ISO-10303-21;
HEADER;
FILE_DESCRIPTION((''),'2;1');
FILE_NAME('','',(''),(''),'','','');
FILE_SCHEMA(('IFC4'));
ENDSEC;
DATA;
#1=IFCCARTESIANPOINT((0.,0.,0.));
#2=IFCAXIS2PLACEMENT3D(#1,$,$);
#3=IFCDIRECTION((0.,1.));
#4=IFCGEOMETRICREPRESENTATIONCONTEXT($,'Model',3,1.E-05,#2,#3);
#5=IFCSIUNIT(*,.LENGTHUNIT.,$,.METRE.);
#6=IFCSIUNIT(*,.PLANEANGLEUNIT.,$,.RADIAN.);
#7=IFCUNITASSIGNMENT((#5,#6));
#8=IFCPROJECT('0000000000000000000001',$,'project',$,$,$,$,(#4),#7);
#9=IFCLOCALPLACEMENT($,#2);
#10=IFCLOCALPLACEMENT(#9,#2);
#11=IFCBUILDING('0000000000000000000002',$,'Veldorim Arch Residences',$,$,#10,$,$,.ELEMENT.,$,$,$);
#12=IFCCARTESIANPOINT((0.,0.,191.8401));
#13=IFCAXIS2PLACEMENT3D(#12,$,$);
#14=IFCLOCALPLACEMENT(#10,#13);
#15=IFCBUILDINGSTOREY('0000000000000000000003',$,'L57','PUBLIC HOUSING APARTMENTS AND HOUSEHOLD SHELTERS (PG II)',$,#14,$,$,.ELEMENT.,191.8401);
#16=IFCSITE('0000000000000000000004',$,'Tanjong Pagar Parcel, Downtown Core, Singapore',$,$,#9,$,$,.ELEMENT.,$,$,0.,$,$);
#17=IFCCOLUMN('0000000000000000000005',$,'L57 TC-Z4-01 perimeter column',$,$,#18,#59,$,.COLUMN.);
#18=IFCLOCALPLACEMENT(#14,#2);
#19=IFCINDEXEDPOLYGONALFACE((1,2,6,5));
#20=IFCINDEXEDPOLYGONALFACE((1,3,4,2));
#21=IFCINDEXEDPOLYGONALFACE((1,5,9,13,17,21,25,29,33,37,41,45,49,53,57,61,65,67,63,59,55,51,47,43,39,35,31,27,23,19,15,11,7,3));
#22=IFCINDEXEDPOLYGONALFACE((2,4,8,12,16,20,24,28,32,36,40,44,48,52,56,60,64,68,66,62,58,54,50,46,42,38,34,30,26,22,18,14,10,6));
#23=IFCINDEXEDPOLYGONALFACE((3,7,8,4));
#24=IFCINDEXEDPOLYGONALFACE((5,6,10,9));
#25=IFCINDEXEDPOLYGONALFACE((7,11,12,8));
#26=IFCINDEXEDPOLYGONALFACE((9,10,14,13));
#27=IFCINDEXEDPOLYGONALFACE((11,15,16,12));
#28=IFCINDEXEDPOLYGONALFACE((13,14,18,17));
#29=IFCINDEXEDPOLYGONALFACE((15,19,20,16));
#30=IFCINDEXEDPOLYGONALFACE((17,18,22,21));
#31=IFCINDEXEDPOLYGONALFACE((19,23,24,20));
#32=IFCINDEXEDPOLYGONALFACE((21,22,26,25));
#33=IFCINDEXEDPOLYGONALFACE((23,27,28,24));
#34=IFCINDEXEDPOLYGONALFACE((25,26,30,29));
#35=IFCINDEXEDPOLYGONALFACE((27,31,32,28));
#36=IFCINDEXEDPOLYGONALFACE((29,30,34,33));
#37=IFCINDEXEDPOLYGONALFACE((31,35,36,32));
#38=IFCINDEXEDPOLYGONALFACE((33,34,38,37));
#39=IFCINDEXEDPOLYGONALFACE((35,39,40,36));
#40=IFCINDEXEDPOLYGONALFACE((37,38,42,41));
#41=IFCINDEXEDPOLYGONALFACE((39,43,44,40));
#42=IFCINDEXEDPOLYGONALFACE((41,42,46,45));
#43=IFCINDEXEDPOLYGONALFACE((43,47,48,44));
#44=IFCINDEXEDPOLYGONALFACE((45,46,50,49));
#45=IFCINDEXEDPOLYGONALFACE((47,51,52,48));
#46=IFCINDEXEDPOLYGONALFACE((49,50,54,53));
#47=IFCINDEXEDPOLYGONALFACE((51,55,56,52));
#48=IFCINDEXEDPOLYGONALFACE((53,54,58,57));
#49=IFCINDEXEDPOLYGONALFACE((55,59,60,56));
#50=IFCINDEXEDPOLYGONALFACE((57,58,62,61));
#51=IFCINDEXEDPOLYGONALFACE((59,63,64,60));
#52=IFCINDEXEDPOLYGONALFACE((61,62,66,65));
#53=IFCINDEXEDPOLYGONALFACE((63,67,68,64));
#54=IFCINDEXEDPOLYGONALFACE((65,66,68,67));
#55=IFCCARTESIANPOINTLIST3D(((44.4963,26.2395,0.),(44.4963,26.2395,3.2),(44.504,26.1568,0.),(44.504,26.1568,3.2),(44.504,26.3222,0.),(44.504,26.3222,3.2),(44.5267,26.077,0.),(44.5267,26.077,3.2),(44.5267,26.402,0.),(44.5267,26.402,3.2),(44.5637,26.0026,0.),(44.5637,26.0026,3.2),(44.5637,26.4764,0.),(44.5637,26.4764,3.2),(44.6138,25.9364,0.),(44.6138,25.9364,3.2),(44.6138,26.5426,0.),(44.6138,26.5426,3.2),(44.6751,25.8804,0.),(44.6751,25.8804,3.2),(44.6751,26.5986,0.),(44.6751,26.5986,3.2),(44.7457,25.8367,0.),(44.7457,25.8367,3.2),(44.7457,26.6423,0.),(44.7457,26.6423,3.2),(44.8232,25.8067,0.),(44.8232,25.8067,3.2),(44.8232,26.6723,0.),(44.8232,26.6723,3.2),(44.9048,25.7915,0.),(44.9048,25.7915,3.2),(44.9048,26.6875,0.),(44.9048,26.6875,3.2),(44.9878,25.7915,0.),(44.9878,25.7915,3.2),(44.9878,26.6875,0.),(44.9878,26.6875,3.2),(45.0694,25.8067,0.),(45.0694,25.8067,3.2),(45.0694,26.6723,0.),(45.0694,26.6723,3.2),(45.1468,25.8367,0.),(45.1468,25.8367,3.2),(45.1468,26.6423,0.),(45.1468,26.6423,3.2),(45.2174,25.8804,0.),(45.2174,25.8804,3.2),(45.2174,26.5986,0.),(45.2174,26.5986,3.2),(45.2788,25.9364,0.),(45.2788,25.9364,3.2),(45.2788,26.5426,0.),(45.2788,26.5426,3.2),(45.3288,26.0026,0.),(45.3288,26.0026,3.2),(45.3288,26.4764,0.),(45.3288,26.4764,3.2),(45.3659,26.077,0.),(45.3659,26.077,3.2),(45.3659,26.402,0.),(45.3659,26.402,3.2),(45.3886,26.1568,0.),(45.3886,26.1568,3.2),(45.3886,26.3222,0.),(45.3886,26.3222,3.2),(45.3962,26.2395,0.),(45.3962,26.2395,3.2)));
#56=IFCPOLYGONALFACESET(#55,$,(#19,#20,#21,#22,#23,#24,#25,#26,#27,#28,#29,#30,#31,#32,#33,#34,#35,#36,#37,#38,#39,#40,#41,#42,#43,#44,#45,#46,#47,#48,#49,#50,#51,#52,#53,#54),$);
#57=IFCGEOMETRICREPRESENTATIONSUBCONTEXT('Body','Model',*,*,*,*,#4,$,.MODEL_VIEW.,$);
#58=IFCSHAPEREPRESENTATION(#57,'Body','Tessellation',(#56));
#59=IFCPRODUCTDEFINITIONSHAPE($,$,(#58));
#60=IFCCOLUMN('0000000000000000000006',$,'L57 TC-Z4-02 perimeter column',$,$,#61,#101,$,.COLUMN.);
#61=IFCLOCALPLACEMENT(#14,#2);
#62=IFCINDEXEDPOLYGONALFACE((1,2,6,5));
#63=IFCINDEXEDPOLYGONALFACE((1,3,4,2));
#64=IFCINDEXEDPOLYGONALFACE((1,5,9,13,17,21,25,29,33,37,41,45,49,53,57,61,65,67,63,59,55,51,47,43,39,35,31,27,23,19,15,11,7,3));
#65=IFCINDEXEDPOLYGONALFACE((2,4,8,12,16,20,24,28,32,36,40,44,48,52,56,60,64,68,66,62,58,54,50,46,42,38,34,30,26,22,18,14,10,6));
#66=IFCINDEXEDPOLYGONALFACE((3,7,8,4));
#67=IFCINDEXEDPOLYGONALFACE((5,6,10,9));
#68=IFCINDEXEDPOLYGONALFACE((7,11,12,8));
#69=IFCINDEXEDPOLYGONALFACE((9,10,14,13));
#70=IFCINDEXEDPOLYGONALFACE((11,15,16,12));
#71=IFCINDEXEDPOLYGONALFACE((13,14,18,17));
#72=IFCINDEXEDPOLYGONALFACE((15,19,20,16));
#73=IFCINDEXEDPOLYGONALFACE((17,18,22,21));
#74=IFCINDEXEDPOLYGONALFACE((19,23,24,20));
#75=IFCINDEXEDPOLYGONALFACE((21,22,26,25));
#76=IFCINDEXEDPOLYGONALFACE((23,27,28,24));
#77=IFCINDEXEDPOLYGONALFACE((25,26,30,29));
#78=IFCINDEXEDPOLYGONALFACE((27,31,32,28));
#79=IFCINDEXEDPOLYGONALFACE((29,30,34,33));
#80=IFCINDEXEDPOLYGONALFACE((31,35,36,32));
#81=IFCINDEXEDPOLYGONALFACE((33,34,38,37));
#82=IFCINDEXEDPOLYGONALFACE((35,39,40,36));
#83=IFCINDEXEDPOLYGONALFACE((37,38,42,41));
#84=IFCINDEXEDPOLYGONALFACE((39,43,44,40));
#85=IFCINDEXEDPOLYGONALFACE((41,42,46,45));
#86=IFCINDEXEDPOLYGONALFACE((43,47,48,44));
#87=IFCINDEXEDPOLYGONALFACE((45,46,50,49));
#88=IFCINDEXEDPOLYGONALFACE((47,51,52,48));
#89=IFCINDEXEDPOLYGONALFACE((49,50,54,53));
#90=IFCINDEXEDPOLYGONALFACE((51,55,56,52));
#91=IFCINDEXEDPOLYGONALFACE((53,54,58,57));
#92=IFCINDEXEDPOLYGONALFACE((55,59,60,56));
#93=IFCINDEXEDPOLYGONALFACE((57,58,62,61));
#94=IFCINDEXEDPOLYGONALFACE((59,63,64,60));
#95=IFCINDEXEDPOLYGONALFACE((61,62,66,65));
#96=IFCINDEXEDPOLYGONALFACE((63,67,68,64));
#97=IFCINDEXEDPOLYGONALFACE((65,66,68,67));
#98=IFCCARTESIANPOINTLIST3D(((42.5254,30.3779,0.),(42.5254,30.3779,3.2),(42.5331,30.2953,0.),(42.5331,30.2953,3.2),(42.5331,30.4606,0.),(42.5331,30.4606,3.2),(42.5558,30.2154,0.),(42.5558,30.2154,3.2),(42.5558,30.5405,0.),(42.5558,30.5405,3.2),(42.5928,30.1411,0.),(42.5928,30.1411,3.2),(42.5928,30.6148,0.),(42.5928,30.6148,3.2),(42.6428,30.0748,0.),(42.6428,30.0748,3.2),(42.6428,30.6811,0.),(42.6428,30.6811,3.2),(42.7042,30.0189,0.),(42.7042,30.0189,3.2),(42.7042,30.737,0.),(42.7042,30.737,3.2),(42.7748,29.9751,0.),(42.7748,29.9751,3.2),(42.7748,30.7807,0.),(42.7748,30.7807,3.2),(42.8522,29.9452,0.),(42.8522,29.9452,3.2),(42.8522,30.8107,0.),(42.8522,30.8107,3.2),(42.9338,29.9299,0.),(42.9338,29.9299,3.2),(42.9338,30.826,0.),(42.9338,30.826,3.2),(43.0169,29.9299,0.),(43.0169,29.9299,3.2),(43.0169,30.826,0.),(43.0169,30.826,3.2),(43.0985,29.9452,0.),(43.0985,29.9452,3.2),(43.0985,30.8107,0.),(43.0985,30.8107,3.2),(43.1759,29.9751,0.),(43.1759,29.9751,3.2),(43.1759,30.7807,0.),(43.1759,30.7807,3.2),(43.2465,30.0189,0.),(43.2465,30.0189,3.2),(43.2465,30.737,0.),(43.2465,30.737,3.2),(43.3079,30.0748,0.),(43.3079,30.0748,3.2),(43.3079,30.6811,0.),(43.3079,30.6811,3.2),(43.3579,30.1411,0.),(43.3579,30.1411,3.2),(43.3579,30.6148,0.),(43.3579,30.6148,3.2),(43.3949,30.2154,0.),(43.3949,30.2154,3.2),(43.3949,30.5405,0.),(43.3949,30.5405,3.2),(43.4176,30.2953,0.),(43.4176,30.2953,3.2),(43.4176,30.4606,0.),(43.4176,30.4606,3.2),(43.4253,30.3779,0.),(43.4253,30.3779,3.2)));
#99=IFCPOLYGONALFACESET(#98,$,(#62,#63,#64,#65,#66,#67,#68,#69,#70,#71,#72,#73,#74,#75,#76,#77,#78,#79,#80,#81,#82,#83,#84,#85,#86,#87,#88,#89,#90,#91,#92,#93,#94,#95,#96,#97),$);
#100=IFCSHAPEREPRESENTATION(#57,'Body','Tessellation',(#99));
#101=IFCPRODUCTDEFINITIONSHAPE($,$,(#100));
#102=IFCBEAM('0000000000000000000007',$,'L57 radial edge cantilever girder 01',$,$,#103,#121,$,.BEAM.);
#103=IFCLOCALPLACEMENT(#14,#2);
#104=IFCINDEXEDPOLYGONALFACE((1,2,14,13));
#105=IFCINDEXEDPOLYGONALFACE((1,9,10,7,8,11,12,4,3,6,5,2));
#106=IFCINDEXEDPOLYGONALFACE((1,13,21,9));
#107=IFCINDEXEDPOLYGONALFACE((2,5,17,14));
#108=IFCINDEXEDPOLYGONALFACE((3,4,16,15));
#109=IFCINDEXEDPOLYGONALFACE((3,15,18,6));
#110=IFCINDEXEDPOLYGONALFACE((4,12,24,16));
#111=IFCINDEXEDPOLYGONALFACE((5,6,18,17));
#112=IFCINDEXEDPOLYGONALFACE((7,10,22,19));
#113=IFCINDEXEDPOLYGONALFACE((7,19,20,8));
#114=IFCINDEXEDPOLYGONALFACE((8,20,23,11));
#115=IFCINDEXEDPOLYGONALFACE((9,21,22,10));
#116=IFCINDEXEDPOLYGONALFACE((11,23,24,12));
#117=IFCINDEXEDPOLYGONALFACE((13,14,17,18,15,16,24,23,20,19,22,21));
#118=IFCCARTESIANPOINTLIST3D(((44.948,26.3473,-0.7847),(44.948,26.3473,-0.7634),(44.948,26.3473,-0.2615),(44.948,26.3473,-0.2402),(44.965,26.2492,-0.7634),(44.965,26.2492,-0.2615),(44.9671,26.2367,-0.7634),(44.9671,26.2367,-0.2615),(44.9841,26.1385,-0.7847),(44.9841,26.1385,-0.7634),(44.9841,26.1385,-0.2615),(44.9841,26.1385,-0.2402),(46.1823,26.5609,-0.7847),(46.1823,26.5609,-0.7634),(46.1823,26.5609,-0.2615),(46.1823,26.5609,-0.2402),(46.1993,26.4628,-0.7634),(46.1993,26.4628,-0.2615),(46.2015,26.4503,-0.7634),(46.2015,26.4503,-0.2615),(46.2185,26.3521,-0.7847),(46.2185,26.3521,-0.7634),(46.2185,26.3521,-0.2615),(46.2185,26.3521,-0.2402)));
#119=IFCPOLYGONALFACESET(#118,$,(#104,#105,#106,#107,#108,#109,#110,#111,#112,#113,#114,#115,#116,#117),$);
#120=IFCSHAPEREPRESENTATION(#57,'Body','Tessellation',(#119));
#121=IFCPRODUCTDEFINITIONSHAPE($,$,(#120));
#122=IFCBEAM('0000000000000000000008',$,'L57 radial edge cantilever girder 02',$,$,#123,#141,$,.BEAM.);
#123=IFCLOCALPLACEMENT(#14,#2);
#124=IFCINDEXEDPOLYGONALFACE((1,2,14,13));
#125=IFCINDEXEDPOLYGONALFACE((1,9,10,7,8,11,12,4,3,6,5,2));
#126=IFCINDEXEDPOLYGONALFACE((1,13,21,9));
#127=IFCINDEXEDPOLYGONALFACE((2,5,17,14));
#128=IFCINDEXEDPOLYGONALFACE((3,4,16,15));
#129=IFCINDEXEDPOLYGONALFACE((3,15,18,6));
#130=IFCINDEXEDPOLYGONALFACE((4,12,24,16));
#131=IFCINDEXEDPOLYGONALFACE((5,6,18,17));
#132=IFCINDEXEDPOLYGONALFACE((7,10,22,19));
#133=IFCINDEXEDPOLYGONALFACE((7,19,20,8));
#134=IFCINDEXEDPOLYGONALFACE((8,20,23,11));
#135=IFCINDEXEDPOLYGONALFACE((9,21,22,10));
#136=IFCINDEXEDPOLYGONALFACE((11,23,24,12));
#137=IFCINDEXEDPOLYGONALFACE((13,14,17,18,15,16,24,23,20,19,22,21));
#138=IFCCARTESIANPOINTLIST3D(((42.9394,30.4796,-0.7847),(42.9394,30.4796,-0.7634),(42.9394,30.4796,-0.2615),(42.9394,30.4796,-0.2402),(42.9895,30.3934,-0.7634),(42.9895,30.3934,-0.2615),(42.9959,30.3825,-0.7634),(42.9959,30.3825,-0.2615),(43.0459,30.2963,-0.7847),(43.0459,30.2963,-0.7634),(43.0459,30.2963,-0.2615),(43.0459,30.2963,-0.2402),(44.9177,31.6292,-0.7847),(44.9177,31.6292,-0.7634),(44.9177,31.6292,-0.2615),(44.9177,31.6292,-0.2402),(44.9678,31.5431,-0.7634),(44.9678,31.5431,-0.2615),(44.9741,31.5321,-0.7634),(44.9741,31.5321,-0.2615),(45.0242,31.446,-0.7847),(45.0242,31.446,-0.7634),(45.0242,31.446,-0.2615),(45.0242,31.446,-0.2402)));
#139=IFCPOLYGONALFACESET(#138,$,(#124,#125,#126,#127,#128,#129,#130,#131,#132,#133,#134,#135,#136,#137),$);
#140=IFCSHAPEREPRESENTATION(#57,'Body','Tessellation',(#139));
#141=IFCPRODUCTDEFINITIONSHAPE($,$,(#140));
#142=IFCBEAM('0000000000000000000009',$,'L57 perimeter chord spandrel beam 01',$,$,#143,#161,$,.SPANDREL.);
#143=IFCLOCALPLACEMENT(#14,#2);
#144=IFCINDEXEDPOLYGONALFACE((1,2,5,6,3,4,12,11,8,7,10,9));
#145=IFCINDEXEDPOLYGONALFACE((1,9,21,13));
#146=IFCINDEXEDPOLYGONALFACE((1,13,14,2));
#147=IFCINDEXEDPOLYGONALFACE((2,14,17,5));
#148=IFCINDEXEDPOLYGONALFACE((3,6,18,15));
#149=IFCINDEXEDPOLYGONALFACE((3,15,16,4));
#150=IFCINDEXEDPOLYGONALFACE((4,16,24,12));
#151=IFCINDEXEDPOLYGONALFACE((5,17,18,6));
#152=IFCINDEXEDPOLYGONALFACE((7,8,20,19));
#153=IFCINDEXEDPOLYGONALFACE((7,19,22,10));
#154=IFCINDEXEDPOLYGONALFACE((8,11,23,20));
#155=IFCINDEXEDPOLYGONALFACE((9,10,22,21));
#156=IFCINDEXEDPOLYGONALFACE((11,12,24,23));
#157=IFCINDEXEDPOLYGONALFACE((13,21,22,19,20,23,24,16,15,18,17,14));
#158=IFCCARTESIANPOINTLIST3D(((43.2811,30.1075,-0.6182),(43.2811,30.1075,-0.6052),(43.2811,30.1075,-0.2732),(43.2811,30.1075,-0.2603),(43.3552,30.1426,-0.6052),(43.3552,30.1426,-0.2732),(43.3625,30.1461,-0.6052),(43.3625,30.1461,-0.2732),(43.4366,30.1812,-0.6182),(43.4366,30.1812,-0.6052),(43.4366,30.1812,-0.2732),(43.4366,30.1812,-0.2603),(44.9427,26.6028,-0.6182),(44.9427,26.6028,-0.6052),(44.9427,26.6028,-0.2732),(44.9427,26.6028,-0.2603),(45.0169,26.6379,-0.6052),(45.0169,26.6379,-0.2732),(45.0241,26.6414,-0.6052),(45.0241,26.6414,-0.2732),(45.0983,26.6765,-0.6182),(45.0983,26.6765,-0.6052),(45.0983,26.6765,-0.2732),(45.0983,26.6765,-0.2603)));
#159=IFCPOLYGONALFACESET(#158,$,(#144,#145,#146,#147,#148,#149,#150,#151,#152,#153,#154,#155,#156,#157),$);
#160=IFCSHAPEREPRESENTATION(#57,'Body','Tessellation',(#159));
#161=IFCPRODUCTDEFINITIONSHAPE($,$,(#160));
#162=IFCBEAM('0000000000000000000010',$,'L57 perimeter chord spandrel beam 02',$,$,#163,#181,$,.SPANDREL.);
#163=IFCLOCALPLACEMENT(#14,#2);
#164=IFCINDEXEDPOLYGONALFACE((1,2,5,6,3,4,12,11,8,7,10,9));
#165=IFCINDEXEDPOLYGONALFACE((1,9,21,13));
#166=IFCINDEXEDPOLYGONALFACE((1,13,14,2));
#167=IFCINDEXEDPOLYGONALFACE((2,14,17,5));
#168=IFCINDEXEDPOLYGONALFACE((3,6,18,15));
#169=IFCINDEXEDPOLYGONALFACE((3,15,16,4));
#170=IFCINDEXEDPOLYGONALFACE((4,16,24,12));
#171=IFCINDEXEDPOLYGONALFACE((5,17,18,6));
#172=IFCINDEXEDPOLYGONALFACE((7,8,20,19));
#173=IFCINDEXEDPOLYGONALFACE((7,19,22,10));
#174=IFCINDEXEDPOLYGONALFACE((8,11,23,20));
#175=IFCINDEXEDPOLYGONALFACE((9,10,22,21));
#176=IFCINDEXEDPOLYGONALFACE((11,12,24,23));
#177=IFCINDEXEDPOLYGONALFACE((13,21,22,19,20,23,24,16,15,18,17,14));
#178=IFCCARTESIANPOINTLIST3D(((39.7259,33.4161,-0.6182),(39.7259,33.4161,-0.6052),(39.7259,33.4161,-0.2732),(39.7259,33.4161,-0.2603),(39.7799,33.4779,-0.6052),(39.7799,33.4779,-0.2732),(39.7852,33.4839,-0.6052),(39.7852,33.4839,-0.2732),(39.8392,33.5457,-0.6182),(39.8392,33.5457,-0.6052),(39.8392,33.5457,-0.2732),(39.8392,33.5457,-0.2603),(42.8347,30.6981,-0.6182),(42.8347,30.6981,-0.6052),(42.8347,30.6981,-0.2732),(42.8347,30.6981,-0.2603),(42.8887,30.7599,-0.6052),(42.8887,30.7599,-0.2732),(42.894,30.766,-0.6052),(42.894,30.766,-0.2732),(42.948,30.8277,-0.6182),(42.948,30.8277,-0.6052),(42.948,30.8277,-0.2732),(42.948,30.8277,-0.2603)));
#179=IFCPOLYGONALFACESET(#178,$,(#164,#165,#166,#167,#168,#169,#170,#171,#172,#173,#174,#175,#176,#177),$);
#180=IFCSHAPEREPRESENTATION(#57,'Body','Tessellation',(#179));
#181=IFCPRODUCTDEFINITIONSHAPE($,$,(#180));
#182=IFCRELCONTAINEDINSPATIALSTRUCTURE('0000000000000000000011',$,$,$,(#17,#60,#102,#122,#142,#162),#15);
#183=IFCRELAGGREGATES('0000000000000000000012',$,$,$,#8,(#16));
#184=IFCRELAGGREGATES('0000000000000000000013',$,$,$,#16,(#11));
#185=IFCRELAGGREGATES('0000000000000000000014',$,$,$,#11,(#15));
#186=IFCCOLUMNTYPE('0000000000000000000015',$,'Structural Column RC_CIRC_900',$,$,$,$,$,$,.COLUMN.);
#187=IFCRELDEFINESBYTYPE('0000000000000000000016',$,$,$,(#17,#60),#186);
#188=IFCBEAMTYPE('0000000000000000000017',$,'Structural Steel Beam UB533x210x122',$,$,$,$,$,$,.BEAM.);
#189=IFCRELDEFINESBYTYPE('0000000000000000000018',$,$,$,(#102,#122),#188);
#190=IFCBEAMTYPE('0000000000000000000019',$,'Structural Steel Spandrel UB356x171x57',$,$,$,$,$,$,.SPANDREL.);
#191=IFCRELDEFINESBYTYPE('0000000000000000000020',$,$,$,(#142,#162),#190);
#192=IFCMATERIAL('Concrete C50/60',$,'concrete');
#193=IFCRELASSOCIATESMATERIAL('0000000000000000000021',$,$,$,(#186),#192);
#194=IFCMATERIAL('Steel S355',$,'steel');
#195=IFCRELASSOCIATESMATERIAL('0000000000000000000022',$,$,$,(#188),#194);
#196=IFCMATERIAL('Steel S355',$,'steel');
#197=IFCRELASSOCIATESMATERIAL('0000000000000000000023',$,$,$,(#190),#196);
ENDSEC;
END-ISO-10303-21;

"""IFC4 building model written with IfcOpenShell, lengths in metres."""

from ifc_helpers import new_model, si_unit, direction, frame, origin, origin_2d, place, context, subcontext, project, spatial, circle, i_section, extrude, material, material_profile, profile_set, type_object, element, save


model = new_model("IFC4")

# Units and contexts
model_context = context("Model", 3, precision=1e-05, world=origin(), true_north=direction((0.0, 1.0)))
body_context = subcontext(model_context, "Body", "Model", "MODEL_VIEW")
ifc_project = project(units=[si_unit("LENGTHUNIT", "METRE"), si_unit("PLANEANGLEUNIT", "RADIAN")], contexts=[model_context])

# Site, building, storey
site_placement = place(None, origin())
site = spatial("IfcSite", under=ifc_project, at=site_placement, Name="Tanjong Pagar Parcel, Downtown Core, Singapore", CompositionType="ELEMENT", RefElevation=0.0)
building_placement = place(site_placement, origin())
building = spatial("IfcBuilding", under=site, at=building_placement, Name="Veldorim Arch Residences", CompositionType="ELEMENT")
storey_placement = place(building_placement, frame((0.0, 0.0, 191.8401)))
storey = spatial("IfcBuildingStorey", under=building, at=storey_placement, Name="L57", Description="PUBLIC HOUSING APARTMENTS AND HOUSEHOLD SHELTERS (PG II)", CompositionType="ELEMENT", Elevation=191.8401)

# Columns
ifc_material_1 = material(Name="Concrete C50/60", Category="concrete")
ifc_material_profile_1 = material_profile(ifc_material_1, circle(Radius=0.45, at=origin_2d()), Name="RC_CIRC_900")
ifc_profile_set_1 = profile_set([ifc_material_profile_1], Name="Concrete C50/60")
column_type = type_object("IfcColumnType", Name="Structural Column RC_CIRC_900", PredefinedType="COLUMN", material=ifc_profile_set_1)
for number, where, z_axis, x_axis, name in (
    (1, (44.9463, 26.2395, 0.0), (0.0, 0.0, 1.0), (1.0, 0.0, 0.0), "L57 TC-Z4-01 perimeter column"),
    (2, (42.9753, 30.3779, 0.0), (0.0, 0.0, 1.0), (1.0, 0.0, 0.0), "L57 TC-Z4-02 perimeter column"),
):
    element("IfcColumn", number, at=place(storey_placement, frame(where, z_axis=z_axis, x_axis=x_axis)), inside=storey, type_object=column_type, Name=name, PredefinedType="COLUMN", context=body_context, shape_type="SweptSolid", body=[
        extrude(circle(Radius=0.45, at=origin_2d()), origin(), (0.0, 0.0, 1.0), 3.2),
    ])

# Beams
ifc_material_2 = material(Name="Steel S355", Category="steel")
ifc_material_profile_2 = material_profile(ifc_material_2, i_section(OverallWidth=0.2119, OverallDepth=0.5444, WebThickness=0.0127, FlangeThickness=0.0212, at=origin_2d()), Name="UB533x210x122")
ifc_profile_set_2 = profile_set([ifc_material_profile_2], Name="Steel S355")
beam_type_1 = type_object("IfcBeamType", Name="Structural Steel Beam UB533x210x122", PredefinedType="BEAM", material=ifc_profile_set_2)
beam_1_placement = place(storey_placement, frame((44.9661, 26.2429, -0.5125), z_axis=(0.985353, 0.170527, 0.0), x_axis=(-0.170527, 0.985353, 0.0)))
element("IfcBeam", 3, at=beam_1_placement, inside=storey, type_object=beam_type_1, Name="L57 radial edge cantilever girder 01", PredefinedType="BEAM", context=body_context, shape_type="SweptSolid", body=[
    extrude(i_section(OverallWidth=0.2119, OverallDepth=0.5444, WebThickness=0.0127, FlangeThickness=0.0212, at=origin_2d()), origin(), (0.0, 0.0, 1.0), 1.2527),
])
beam_2_placement = place(storey_placement, frame((42.9927, 30.3879, -0.5125), z_axis=(0.864602, 0.502457, 0.0), x_axis=(-0.502457, 0.864602, 0.0)))
element("IfcBeam", 4, at=beam_2_placement, inside=storey, type_object=beam_type_1, Name="L57 radial edge cantilever girder 02", PredefinedType="BEAM", context=body_context, shape_type="SweptSolid", body=[
    extrude(i_section(OverallWidth=0.2119, OverallDepth=0.5444, WebThickness=0.0127, FlangeThickness=0.0212, at=origin_2d()), origin(), (0.0, 0.0, 1.0), 2.2881),
])
ifc_material_3 = material(Name="Steel S355", Category="steel")
ifc_material_profile_3 = material_profile(ifc_material_3, i_section(OverallWidth=0.1721, OverallDepth=0.3579, WebThickness=0.0081, FlangeThickness=0.0129, at=origin_2d()), Name="UB356x171x57")
ifc_profile_set_3 = profile_set([ifc_material_profile_3], Name="Steel S355")
beam_type_2 = type_object("IfcBeamType", Name="Structural Steel Spandrel UB356x171x57", PredefinedType="SPANDREL", material=ifc_profile_set_3)
beam_3_placement = place(storey_placement, frame((45.0205, 26.6396, -0.4392), z_axis=(-0.428408, 0.903585, 0.0), x_axis=(-0.903585, -0.428408, 0.0)))
element("IfcBeam", 5, at=beam_3_placement, inside=storey, type_object=beam_type_2, Name="L57 perimeter chord spandrel beam 01", PredefinedType="SPANDREL", context=body_context, shape_type="SweptSolid", body=[
    extrude(i_section(OverallWidth=0.1721, OverallDepth=0.3579, WebThickness=0.0081, FlangeThickness=0.0129, at=origin_2d()), origin(), (0.0, 0.0, 1.0), 3.8787),
])
beam_4_placement = place(storey_placement, frame((42.8914, 30.7629, -0.4392), z_axis=(-0.752848, 0.658195, 0.0), x_axis=(-0.658195, -0.752848, 0.0)))
element("IfcBeam", 6, at=beam_4_placement, inside=storey, type_object=beam_type_2, Name="L57 perimeter chord spandrel beam 02", PredefinedType="SPANDREL", context=body_context, shape_type="SweptSolid", body=[
    extrude(i_section(OverallWidth=0.1721, OverallDepth=0.3579, WebThickness=0.0081, FlangeThickness=0.0129, at=origin_2d()), origin(), (0.0, 0.0, 1.0), 4.1294),
])

save(model, "model.ifc")
